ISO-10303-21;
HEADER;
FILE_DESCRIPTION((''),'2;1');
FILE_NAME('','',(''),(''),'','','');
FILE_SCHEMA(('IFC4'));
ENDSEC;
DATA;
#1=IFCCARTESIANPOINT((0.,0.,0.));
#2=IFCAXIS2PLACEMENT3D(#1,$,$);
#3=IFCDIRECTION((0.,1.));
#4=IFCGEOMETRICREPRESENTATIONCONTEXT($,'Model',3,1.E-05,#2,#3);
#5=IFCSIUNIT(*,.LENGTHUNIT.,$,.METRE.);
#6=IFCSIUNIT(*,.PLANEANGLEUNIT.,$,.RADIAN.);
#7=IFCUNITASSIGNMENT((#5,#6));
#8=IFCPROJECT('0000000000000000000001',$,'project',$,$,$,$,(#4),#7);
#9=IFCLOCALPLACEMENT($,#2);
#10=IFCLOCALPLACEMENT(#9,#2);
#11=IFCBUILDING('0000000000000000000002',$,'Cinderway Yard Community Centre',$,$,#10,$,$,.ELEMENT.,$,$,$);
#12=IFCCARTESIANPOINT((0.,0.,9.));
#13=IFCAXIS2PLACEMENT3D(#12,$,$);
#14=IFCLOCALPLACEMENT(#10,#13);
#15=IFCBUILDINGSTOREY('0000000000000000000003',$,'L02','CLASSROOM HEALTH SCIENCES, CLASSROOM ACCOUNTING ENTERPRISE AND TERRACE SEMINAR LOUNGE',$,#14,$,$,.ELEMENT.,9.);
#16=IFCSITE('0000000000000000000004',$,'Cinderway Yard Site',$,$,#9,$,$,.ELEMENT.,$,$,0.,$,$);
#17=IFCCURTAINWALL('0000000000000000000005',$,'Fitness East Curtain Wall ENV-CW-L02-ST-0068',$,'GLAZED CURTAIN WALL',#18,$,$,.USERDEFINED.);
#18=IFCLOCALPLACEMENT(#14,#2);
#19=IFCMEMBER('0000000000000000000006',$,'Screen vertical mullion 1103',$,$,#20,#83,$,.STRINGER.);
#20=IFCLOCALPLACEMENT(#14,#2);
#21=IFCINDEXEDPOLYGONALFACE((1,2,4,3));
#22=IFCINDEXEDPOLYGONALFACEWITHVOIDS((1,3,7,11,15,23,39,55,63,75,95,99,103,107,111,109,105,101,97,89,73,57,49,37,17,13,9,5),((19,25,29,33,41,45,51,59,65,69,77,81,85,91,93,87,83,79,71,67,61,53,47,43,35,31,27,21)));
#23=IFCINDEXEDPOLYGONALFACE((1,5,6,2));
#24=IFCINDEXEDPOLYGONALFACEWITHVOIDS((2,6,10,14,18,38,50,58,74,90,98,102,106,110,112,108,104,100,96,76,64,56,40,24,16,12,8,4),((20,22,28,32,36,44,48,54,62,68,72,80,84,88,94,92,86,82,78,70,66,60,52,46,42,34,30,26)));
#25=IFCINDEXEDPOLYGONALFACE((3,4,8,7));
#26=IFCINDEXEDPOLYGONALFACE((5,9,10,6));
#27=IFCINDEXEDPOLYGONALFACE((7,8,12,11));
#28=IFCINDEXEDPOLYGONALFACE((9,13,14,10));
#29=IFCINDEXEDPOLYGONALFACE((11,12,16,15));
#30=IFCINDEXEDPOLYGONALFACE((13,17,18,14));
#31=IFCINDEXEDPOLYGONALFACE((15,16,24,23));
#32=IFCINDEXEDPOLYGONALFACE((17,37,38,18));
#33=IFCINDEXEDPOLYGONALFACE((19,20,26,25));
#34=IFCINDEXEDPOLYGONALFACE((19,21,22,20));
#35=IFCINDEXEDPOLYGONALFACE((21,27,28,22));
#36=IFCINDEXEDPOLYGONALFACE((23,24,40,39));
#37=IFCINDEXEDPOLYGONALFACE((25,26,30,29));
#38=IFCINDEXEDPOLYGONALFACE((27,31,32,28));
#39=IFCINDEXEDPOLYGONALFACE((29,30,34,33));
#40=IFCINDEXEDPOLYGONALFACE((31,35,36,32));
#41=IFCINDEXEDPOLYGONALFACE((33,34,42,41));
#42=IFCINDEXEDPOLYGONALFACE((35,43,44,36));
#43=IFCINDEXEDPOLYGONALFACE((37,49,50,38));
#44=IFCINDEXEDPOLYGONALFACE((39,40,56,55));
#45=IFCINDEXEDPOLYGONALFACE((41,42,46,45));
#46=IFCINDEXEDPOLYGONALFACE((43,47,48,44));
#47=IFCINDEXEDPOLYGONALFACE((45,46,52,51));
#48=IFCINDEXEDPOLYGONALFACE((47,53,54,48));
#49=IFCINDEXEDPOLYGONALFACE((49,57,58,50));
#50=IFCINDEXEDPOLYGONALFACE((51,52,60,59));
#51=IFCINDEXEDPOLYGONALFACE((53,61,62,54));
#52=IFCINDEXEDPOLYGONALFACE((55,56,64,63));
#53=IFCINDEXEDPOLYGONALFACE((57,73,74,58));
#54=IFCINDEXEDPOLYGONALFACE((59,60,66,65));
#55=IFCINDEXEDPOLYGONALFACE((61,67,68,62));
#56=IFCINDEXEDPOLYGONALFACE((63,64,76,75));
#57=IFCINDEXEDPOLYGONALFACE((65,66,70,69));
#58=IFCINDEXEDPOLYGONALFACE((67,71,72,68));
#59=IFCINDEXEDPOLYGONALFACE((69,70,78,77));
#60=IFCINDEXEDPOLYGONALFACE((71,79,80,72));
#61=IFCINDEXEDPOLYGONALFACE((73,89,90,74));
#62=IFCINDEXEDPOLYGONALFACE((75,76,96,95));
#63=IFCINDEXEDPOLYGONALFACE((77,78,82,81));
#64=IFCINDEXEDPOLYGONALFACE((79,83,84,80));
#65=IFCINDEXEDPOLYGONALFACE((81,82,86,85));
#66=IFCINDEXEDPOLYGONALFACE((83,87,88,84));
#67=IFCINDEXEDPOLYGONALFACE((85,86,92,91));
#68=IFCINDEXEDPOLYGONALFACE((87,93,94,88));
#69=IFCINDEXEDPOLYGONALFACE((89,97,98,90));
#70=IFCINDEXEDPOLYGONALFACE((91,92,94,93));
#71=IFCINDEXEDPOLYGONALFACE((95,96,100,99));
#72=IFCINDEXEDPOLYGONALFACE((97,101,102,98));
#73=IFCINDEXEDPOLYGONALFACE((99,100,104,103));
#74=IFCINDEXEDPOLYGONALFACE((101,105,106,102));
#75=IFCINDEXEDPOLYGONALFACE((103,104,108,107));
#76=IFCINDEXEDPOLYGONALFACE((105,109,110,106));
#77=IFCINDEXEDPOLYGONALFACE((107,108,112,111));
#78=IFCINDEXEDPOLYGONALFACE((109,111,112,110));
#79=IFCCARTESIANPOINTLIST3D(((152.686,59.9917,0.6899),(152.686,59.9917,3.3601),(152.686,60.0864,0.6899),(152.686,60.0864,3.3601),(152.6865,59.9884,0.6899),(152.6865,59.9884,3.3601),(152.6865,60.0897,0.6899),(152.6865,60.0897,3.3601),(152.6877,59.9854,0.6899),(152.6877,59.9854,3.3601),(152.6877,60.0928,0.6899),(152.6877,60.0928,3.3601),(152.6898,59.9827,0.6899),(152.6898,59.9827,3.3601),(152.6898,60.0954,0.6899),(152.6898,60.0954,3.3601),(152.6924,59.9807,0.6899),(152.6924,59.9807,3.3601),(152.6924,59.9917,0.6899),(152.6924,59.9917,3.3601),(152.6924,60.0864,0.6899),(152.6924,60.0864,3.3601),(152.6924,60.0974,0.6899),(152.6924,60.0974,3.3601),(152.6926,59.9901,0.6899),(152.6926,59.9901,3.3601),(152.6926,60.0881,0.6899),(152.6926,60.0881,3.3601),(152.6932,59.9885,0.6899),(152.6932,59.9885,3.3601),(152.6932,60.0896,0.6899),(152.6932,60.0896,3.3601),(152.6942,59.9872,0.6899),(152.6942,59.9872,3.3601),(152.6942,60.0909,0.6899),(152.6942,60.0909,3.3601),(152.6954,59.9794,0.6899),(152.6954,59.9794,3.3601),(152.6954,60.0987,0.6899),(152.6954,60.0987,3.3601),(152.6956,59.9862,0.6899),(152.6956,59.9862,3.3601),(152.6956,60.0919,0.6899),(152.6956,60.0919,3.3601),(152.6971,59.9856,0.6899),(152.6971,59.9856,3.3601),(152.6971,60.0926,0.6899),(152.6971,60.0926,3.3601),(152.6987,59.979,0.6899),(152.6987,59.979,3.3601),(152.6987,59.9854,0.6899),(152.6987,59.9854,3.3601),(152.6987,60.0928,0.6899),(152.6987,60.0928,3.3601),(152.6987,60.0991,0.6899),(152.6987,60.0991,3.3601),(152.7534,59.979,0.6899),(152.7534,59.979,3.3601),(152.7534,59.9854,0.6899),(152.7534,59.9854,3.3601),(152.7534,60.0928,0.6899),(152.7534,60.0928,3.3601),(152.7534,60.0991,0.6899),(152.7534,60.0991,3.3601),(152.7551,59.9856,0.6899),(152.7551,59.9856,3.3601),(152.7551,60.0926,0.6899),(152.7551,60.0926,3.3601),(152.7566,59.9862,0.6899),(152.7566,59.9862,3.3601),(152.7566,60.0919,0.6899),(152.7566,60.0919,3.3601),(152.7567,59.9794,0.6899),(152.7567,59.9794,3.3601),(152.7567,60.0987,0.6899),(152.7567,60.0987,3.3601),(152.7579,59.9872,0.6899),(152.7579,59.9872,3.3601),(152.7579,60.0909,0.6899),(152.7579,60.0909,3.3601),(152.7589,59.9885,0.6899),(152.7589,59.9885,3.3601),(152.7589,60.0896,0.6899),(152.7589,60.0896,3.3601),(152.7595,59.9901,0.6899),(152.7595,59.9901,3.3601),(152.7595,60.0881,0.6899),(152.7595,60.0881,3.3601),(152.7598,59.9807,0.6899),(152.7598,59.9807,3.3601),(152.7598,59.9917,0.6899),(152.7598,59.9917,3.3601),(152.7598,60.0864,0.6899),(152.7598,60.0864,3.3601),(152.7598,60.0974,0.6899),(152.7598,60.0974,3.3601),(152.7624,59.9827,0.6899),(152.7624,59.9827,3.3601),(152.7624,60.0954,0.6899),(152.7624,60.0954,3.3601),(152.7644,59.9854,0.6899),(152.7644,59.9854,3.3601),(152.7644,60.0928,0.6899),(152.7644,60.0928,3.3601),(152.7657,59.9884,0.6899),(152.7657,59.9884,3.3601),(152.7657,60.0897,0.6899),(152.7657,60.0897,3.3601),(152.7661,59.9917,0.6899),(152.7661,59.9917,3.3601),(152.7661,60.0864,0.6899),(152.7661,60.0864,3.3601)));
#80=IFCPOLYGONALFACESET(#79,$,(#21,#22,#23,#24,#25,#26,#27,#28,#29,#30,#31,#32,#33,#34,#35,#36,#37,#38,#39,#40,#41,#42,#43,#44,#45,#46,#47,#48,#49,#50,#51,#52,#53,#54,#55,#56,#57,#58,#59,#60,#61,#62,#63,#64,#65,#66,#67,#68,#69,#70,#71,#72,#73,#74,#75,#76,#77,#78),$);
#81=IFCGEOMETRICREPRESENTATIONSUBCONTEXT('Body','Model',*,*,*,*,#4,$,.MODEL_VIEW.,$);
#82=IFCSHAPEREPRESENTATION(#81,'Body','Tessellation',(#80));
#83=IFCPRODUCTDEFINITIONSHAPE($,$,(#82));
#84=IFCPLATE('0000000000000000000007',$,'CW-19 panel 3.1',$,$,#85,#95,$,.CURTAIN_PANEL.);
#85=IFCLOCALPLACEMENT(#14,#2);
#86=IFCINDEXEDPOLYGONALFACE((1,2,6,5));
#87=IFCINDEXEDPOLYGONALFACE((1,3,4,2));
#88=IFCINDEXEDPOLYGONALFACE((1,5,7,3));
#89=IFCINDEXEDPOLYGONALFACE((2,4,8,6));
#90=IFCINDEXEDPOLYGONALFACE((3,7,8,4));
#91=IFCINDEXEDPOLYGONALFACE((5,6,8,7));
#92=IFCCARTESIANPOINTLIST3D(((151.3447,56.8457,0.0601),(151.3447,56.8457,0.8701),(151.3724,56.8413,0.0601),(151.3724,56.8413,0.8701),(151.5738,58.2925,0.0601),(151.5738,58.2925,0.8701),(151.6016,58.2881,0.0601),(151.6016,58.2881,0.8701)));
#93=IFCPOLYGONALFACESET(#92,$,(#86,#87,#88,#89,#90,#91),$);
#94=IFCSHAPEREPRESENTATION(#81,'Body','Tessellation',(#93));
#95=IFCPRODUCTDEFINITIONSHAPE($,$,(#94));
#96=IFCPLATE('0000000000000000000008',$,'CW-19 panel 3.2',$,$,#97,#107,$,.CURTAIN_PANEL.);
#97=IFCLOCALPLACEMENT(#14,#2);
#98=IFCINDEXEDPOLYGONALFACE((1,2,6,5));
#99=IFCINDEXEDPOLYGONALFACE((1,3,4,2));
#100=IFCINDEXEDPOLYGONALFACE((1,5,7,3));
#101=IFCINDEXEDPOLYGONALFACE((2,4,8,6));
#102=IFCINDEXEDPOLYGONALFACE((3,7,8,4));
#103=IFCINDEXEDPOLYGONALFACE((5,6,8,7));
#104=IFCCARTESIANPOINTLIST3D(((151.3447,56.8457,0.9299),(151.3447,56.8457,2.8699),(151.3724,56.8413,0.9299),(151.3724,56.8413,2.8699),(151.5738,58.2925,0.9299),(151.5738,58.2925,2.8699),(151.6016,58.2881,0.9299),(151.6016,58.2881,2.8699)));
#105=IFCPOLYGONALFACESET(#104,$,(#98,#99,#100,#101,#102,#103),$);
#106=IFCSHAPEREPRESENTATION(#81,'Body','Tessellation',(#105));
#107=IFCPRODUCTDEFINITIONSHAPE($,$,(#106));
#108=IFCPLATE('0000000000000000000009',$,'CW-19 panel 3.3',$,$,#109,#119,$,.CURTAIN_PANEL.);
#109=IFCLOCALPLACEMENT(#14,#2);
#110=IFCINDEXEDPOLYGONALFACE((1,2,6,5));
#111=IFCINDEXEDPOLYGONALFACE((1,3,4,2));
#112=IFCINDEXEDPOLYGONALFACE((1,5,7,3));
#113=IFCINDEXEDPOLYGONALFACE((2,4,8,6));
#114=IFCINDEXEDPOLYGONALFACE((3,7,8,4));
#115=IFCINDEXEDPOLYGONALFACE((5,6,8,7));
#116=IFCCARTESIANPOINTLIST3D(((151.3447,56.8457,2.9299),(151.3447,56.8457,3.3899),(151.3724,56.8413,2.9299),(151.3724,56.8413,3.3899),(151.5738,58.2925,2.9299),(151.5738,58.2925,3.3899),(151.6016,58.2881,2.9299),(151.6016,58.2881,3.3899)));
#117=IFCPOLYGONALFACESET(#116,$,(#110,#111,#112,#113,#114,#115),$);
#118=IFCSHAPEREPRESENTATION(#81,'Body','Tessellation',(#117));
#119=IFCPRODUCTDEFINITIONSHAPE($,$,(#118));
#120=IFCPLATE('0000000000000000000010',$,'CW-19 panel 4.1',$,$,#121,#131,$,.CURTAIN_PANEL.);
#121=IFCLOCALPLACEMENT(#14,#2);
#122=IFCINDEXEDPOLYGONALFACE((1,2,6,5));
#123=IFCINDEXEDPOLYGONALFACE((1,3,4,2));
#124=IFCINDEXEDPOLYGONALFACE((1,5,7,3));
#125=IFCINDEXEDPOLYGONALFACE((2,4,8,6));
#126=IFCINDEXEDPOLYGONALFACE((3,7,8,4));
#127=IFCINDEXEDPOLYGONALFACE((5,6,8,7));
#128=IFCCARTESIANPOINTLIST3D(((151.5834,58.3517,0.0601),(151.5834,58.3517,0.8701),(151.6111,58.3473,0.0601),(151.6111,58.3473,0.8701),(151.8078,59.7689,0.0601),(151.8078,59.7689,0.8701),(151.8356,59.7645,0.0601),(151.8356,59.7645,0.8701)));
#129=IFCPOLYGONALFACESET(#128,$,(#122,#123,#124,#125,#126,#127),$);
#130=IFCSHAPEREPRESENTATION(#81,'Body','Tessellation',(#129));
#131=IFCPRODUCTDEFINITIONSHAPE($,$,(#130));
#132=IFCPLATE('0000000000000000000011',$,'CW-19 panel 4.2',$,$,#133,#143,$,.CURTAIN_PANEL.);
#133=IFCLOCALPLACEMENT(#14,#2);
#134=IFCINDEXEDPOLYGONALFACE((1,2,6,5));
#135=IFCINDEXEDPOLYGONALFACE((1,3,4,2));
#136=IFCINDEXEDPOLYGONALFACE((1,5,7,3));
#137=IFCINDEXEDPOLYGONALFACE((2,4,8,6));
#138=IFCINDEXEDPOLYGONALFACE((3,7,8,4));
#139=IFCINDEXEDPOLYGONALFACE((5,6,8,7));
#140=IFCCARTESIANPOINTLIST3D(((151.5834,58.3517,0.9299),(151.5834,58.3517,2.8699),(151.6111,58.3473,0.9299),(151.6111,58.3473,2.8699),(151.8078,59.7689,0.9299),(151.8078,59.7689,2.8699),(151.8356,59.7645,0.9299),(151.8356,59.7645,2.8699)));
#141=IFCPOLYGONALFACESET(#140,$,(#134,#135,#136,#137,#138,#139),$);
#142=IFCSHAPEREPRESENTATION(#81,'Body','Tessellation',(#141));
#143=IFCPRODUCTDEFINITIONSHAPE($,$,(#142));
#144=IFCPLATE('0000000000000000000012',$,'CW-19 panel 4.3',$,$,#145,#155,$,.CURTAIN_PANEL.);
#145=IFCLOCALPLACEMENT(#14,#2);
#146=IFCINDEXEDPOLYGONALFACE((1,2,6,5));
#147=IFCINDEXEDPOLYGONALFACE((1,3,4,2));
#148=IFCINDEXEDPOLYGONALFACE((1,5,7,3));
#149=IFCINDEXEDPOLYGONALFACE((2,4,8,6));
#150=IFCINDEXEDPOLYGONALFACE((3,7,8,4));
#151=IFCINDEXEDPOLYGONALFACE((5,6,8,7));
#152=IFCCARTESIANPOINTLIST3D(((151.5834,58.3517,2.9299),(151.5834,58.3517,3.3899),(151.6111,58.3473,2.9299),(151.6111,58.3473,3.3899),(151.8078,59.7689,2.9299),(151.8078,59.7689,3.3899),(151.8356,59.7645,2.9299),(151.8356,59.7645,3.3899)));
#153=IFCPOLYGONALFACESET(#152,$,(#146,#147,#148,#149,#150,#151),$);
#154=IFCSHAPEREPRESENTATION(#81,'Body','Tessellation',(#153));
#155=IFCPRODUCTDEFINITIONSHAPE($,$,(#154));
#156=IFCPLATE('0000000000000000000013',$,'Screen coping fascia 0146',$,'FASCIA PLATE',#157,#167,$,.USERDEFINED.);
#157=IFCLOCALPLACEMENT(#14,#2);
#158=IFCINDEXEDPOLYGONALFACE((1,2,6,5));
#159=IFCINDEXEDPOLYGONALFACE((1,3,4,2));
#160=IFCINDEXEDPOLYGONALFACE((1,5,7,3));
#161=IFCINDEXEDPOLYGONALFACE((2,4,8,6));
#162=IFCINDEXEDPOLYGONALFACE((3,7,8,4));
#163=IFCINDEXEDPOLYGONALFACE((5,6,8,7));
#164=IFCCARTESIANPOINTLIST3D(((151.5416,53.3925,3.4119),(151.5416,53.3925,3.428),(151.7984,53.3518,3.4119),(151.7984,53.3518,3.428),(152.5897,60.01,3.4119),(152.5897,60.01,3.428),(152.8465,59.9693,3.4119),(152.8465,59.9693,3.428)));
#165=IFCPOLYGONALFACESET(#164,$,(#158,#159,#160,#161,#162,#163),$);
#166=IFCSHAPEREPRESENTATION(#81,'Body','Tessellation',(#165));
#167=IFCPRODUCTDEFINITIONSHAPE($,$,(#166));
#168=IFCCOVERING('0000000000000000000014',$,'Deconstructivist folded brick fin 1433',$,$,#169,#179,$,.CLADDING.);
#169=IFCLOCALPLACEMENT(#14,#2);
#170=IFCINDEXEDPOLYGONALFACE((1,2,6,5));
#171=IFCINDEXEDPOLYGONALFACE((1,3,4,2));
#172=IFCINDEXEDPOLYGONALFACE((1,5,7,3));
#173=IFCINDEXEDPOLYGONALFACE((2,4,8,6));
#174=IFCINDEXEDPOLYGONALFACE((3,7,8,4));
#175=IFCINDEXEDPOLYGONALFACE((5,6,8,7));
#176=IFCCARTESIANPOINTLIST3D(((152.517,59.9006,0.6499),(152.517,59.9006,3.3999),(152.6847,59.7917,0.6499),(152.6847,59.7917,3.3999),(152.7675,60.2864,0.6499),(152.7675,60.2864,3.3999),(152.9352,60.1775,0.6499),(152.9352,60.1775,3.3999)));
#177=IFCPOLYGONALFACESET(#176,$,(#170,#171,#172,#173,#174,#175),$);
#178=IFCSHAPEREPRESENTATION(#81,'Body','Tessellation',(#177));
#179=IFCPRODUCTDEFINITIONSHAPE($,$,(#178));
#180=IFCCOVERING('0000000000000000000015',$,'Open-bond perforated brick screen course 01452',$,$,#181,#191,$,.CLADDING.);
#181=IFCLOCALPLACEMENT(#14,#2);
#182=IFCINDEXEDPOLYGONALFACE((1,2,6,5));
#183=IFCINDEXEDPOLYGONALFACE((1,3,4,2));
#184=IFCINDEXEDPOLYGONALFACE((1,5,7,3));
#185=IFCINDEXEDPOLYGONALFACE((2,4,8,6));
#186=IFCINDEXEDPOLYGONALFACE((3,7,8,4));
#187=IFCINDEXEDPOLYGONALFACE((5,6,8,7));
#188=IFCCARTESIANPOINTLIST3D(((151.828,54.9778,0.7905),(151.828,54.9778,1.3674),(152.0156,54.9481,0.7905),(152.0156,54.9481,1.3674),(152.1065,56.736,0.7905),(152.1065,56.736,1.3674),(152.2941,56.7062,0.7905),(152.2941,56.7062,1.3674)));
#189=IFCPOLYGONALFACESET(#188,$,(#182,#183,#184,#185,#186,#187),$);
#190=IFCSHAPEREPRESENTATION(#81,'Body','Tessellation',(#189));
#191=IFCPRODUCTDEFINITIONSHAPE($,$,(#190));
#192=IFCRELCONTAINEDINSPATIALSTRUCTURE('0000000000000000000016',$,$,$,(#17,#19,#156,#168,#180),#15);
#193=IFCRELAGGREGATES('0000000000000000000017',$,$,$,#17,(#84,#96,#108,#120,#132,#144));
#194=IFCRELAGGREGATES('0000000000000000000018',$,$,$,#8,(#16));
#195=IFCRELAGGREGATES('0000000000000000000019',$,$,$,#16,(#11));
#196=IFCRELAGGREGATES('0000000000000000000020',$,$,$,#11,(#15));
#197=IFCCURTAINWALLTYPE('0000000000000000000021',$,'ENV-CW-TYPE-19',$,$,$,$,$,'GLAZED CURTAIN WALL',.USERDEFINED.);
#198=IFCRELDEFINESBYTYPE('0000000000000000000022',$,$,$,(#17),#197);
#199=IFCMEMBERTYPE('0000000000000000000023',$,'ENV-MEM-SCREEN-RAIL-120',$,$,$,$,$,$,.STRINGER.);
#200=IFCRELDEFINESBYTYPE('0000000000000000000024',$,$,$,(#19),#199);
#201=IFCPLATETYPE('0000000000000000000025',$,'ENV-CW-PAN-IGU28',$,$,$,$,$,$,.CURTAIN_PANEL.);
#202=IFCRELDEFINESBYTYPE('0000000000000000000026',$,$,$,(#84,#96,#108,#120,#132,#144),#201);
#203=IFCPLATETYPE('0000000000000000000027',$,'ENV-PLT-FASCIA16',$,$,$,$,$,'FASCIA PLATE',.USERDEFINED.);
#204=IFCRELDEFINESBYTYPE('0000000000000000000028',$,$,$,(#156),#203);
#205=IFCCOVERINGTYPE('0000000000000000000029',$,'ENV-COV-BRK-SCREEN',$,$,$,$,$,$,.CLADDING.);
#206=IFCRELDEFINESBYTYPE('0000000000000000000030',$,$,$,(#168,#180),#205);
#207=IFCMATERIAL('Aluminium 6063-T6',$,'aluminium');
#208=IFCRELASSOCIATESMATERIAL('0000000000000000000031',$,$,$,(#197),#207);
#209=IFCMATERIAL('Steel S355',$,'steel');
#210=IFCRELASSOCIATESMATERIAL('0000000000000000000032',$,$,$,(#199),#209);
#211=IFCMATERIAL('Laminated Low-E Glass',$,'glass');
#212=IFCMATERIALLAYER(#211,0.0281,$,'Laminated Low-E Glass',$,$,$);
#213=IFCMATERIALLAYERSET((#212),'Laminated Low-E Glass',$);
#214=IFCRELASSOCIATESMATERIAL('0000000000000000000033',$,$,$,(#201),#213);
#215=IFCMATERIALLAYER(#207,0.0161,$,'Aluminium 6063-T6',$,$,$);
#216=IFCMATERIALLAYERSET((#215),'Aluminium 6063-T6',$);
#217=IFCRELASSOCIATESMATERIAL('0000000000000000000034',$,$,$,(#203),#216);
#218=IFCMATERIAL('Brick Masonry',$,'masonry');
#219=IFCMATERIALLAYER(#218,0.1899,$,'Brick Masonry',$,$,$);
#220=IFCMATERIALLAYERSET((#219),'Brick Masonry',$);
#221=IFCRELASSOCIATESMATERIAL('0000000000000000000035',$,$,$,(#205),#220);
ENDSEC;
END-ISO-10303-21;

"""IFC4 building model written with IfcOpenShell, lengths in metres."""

from ifc_helpers import new_model, si_unit, direction, frame, origin, origin_2d, place, context, subcontext, project, spatial, rectangle, hollow_rectangle, extrude, material, layer, layer_set, material_profile, profile_set, type_object, element, aggregate, save


model = new_model("IFC4")

# Units and contexts
model_context = context("Model", 3, precision=1e-05, world=origin(), true_north=direction((0.0, 1.0)))
body_context = subcontext(model_context, "Body", "Model", "MODEL_VIEW")
ifc_project = project(units=[si_unit("LENGTHUNIT", "METRE"), si_unit("PLANEANGLEUNIT", "RADIAN")], contexts=[model_context])

# Site, building, storey
site_placement = place(None, origin())
site = spatial("IfcSite", under=ifc_project, at=site_placement, Name="Cinderway Yard Site", CompositionType="ELEMENT", RefElevation=0.0)
building_placement = place(site_placement, origin())
building = spatial("IfcBuilding", under=site, at=building_placement, Name="Cinderway Yard Community Centre", CompositionType="ELEMENT")
storey_placement = place(building_placement, frame((0.0, 0.0, 9.0)))
storey = spatial("IfcBuildingStorey", under=building, at=storey_placement, Name="L02", Description="CLASSROOM HEALTH SCIENCES, CLASSROOM ACCOUNTING ENTERPRISE AND TERRACE SEMINAR LOUNGE", CompositionType="ELEMENT", Elevation=9.0)

# Curtain wall
ifc_material_1 = material(Name="Aluminium 6063-T6", Category="aluminium")
curtain_wall_type = type_object("IfcCurtainWallType", Name="ENV-CW-TYPE-19", ElementType="GLAZED CURTAIN WALL", PredefinedType="USERDEFINED", material=ifc_material_1)
curtain_wall_placement = place(storey_placement, origin())
curtain_wall = element("IfcCurtainWall", 1, at=curtain_wall_placement, inside=storey, type_object=curtain_wall_type, Name="Fitness East Curtain Wall ENV-CW-L02-ST-0068", ObjectType="GLAZED CURTAIN WALL", PredefinedType="USERDEFINED")

# Member
ifc_material_2 = material(Name="Steel S355", Category="steel")
ifc_material_profile_1 = material_profile(ifc_material_2, hollow_rectangle(XDim=0.0801, YDim=0.1201, WallThickness=0.0063, InnerFilletRadius=0.0063, OuterFilletRadius=0.0127, at=origin_2d()), Name="Steel S355")
ifc_profile_set_1 = profile_set([ifc_material_profile_1], Name="Steel S355")
member_type_1 = type_object("IfcMemberType", Name="ENV-MEM-SCREEN-RAIL-120", PredefinedType="STRINGER", material=ifc_profile_set_1)
for number, where, z_axis, x_axis, name in (
    (2, (152.7261, 60.0391, 0.6899), (0.0, 0.0, 1.0), (1.0, 0.0, 0.0), "Screen vertical mullion 1103"),
):
    element("IfcMember", number, at=place(storey_placement, frame(where, z_axis=z_axis, x_axis=x_axis)), inside=storey, type_object=member_type_1, Name=name, PredefinedType="STRINGER", context=body_context, shape_type="SweptSolid", body=[
        extrude(hollow_rectangle(XDim=0.0801, YDim=0.1201, WallThickness=0.0063, InnerFilletRadius=0.0063, OuterFilletRadius=0.0127, at=origin_2d()), origin(), (0.0, 0.0, 1.0), 2.6702),
    ])

# Plates
ifc_material_3 = material(Name="Laminated Low-E Glass", Category="glass")
ifc_layer_1 = layer(ifc_material_3, 0.0281, Name="Laminated Low-E Glass")
ifc_layer_set_1 = layer_set([ifc_layer_1], Name="Laminated Low-E Glass")
plate_type_1 = type_object("IfcPlateType", Name="ENV-CW-PAN-IGU28", PredefinedType="CURTAIN_PANEL", material=ifc_layer_set_1)
plate_1_placement = place(storey_placement, frame((151.4731, 57.5669, 0.0601), z_axis=(0.0, 0.0, 1.0), x_axis=(0.156417, 0.987691, 0.0)))
plate_1 = element("IfcPlate", 3, at=plate_1_placement, type_object=plate_type_1, Name="CW-19 panel 3.1", PredefinedType="CURTAIN_PANEL", context=body_context, shape_type="SweptSolid", body=[
    extrude(rectangle(XDim=1.4648, YDim=0.0281, at=origin_2d()), origin(), (0.0, 0.0, 1.0), 0.8101),
])
plate_2_placement = place(storey_placement, frame((151.4731, 57.5669, 0.9299), z_axis=(0.0, 0.0, 1.0), x_axis=(0.156417, 0.987691, 0.0)))
plate_2 = element("IfcPlate", 4, at=plate_2_placement, type_object=plate_type_1, Name="CW-19 panel 3.2", PredefinedType="CURTAIN_PANEL", context=body_context, shape_type="SweptSolid", body=[
    extrude(rectangle(XDim=1.4648, YDim=0.0281, at=origin_2d()), origin(), (0.0, 0.0, 1.0), 1.9399),
])
plate_3_placement = place(storey_placement, frame((151.4731, 57.5669, 2.9299), z_axis=(0.0, 0.0, 1.0), x_axis=(0.156417, 0.987691, 0.0)))
plate_3 = element("IfcPlate", 5, at=plate_3_placement, type_object=plate_type_1, Name="CW-19 panel 3.3", PredefinedType="CURTAIN_PANEL", context=body_context, shape_type="SweptSolid", body=[
    extrude(rectangle(XDim=1.4648, YDim=0.0281, at=origin_2d()), origin(), (0.0, 0.0, 1.0), 0.46),
])
plate_4_placement = place(storey_placement, frame((151.7095, 59.0581, 0.0601), z_axis=(0.0, 0.0, 1.0), x_axis=(0.156417, 0.987691, 0.0)))
plate_4 = element("IfcPlate", 6, at=plate_4_placement, type_object=plate_type_1, Name="CW-19 panel 4.1", PredefinedType="CURTAIN_PANEL", context=body_context, shape_type="SweptSolid", body=[
    extrude(rectangle(XDim=1.4348, YDim=0.0281, at=origin_2d()), origin(), (0.0, 0.0, 1.0), 0.8101),
])
plate_5_placement = place(storey_placement, frame((151.7095, 59.0581, 0.9299), z_axis=(0.0, 0.0, 1.0), x_axis=(0.156417, 0.987691, 0.0)))
plate_5 = element("IfcPlate", 7, at=plate_5_placement, type_object=plate_type_1, Name="CW-19 panel 4.2", PredefinedType="CURTAIN_PANEL", context=body_context, shape_type="SweptSolid", body=[
    extrude(rectangle(XDim=1.4348, YDim=0.0281, at=origin_2d()), origin(), (0.0, 0.0, 1.0), 1.9399),
])
plate_6_placement = place(storey_placement, frame((151.7095, 59.0581, 2.9299), z_axis=(0.0, 0.0, 1.0), x_axis=(0.156417, 0.987691, 0.0)))
plate_6 = element("IfcPlate", 8, at=plate_6_placement, type_object=plate_type_1, Name="CW-19 panel 4.3", PredefinedType="CURTAIN_PANEL", context=body_context, shape_type="SweptSolid", body=[
    extrude(rectangle(XDim=1.4348, YDim=0.0281, at=origin_2d()), origin(), (0.0, 0.0, 1.0), 0.46),
])
aggregate(curtain_wall, [plate_1, plate_2, plate_3, plate_4, plate_5, plate_6])
ifc_layer_2 = layer(ifc_material_1, 0.0161, Name="Aluminium 6063-T6")
ifc_layer_set_2 = layer_set([ifc_layer_2], Name="Aluminium 6063-T6")
plate_type_2 = type_object("IfcPlateType", Name="ENV-PLT-FASCIA16", ElementType="FASCIA PLATE", PredefinedType="USERDEFINED", material=ifc_layer_set_2)
plate_7_placement = place(storey_placement, frame((152.1941, 56.6809, 3.4119), z_axis=(0.0, 0.0, 1.0), x_axis=(-0.156434, -0.987688, 0.0)))
element("IfcPlate", 9, at=plate_7_placement, inside=storey, type_object=plate_type_2, Name="Screen coping fascia 0146", ObjectType="FASCIA PLATE", PredefinedType="USERDEFINED", context=body_context, shape_type="SweptSolid", body=[
    extrude(rectangle(XDim=6.7, YDim=0.26, at=origin_2d()), origin(), (0.0, 0.0, 1.0), 0.0161),
])

# Coverings
ifc_material_4 = material(Name="Brick Masonry", Category="masonry")
ifc_layer_3 = layer(ifc_material_4, 0.1899, Name="Brick Masonry")
ifc_layer_set_3 = layer_set([ifc_layer_3], Name="Brick Masonry")
covering_type = type_object("IfcCoveringType", Name="ENV-COV-BRK-SCREEN", PredefinedType="CLADDING", material=ifc_layer_set_3)
covering_placement = place(storey_placement, frame((152.7261, 60.0391, 0.6499), z_axis=(0.0, 0.0, 1.0), x_axis=(-0.544639, -0.838671, 0.0)))
element("IfcCovering", 10, at=covering_placement, inside=storey, type_object=covering_type, Name="Deconstructivist folded brick fin 1433", PredefinedType="CLADDING", context=body_context, shape_type="SweptSolid", body=[
    extrude(rectangle(XDim=0.46, YDim=0.2, at=origin_2d()), origin(), (0.0, 0.0, 1.0), 2.75),
])
for number, where, z_axis, x_axis, name in (
    (11, (152.061, 55.842, 0.7905), (0.0, 0.0, 1.0), (-0.156434, -0.987688, 0.0), "Open-bond perforated brick screen course 01452"),
):
    element("IfcCovering", number, at=place(storey_placement, frame(where, z_axis=z_axis, x_axis=x_axis)), inside=storey, type_object=covering_type, Name=name, PredefinedType="CLADDING", context=body_context, shape_type="SweptSolid", body=[
        extrude(rectangle(XDim=1.78, YDim=0.1899, at=origin_2d()), origin(), (0.0, 0.0, 1.0), 0.5769),
    ])

save(model, "model.ifc")
